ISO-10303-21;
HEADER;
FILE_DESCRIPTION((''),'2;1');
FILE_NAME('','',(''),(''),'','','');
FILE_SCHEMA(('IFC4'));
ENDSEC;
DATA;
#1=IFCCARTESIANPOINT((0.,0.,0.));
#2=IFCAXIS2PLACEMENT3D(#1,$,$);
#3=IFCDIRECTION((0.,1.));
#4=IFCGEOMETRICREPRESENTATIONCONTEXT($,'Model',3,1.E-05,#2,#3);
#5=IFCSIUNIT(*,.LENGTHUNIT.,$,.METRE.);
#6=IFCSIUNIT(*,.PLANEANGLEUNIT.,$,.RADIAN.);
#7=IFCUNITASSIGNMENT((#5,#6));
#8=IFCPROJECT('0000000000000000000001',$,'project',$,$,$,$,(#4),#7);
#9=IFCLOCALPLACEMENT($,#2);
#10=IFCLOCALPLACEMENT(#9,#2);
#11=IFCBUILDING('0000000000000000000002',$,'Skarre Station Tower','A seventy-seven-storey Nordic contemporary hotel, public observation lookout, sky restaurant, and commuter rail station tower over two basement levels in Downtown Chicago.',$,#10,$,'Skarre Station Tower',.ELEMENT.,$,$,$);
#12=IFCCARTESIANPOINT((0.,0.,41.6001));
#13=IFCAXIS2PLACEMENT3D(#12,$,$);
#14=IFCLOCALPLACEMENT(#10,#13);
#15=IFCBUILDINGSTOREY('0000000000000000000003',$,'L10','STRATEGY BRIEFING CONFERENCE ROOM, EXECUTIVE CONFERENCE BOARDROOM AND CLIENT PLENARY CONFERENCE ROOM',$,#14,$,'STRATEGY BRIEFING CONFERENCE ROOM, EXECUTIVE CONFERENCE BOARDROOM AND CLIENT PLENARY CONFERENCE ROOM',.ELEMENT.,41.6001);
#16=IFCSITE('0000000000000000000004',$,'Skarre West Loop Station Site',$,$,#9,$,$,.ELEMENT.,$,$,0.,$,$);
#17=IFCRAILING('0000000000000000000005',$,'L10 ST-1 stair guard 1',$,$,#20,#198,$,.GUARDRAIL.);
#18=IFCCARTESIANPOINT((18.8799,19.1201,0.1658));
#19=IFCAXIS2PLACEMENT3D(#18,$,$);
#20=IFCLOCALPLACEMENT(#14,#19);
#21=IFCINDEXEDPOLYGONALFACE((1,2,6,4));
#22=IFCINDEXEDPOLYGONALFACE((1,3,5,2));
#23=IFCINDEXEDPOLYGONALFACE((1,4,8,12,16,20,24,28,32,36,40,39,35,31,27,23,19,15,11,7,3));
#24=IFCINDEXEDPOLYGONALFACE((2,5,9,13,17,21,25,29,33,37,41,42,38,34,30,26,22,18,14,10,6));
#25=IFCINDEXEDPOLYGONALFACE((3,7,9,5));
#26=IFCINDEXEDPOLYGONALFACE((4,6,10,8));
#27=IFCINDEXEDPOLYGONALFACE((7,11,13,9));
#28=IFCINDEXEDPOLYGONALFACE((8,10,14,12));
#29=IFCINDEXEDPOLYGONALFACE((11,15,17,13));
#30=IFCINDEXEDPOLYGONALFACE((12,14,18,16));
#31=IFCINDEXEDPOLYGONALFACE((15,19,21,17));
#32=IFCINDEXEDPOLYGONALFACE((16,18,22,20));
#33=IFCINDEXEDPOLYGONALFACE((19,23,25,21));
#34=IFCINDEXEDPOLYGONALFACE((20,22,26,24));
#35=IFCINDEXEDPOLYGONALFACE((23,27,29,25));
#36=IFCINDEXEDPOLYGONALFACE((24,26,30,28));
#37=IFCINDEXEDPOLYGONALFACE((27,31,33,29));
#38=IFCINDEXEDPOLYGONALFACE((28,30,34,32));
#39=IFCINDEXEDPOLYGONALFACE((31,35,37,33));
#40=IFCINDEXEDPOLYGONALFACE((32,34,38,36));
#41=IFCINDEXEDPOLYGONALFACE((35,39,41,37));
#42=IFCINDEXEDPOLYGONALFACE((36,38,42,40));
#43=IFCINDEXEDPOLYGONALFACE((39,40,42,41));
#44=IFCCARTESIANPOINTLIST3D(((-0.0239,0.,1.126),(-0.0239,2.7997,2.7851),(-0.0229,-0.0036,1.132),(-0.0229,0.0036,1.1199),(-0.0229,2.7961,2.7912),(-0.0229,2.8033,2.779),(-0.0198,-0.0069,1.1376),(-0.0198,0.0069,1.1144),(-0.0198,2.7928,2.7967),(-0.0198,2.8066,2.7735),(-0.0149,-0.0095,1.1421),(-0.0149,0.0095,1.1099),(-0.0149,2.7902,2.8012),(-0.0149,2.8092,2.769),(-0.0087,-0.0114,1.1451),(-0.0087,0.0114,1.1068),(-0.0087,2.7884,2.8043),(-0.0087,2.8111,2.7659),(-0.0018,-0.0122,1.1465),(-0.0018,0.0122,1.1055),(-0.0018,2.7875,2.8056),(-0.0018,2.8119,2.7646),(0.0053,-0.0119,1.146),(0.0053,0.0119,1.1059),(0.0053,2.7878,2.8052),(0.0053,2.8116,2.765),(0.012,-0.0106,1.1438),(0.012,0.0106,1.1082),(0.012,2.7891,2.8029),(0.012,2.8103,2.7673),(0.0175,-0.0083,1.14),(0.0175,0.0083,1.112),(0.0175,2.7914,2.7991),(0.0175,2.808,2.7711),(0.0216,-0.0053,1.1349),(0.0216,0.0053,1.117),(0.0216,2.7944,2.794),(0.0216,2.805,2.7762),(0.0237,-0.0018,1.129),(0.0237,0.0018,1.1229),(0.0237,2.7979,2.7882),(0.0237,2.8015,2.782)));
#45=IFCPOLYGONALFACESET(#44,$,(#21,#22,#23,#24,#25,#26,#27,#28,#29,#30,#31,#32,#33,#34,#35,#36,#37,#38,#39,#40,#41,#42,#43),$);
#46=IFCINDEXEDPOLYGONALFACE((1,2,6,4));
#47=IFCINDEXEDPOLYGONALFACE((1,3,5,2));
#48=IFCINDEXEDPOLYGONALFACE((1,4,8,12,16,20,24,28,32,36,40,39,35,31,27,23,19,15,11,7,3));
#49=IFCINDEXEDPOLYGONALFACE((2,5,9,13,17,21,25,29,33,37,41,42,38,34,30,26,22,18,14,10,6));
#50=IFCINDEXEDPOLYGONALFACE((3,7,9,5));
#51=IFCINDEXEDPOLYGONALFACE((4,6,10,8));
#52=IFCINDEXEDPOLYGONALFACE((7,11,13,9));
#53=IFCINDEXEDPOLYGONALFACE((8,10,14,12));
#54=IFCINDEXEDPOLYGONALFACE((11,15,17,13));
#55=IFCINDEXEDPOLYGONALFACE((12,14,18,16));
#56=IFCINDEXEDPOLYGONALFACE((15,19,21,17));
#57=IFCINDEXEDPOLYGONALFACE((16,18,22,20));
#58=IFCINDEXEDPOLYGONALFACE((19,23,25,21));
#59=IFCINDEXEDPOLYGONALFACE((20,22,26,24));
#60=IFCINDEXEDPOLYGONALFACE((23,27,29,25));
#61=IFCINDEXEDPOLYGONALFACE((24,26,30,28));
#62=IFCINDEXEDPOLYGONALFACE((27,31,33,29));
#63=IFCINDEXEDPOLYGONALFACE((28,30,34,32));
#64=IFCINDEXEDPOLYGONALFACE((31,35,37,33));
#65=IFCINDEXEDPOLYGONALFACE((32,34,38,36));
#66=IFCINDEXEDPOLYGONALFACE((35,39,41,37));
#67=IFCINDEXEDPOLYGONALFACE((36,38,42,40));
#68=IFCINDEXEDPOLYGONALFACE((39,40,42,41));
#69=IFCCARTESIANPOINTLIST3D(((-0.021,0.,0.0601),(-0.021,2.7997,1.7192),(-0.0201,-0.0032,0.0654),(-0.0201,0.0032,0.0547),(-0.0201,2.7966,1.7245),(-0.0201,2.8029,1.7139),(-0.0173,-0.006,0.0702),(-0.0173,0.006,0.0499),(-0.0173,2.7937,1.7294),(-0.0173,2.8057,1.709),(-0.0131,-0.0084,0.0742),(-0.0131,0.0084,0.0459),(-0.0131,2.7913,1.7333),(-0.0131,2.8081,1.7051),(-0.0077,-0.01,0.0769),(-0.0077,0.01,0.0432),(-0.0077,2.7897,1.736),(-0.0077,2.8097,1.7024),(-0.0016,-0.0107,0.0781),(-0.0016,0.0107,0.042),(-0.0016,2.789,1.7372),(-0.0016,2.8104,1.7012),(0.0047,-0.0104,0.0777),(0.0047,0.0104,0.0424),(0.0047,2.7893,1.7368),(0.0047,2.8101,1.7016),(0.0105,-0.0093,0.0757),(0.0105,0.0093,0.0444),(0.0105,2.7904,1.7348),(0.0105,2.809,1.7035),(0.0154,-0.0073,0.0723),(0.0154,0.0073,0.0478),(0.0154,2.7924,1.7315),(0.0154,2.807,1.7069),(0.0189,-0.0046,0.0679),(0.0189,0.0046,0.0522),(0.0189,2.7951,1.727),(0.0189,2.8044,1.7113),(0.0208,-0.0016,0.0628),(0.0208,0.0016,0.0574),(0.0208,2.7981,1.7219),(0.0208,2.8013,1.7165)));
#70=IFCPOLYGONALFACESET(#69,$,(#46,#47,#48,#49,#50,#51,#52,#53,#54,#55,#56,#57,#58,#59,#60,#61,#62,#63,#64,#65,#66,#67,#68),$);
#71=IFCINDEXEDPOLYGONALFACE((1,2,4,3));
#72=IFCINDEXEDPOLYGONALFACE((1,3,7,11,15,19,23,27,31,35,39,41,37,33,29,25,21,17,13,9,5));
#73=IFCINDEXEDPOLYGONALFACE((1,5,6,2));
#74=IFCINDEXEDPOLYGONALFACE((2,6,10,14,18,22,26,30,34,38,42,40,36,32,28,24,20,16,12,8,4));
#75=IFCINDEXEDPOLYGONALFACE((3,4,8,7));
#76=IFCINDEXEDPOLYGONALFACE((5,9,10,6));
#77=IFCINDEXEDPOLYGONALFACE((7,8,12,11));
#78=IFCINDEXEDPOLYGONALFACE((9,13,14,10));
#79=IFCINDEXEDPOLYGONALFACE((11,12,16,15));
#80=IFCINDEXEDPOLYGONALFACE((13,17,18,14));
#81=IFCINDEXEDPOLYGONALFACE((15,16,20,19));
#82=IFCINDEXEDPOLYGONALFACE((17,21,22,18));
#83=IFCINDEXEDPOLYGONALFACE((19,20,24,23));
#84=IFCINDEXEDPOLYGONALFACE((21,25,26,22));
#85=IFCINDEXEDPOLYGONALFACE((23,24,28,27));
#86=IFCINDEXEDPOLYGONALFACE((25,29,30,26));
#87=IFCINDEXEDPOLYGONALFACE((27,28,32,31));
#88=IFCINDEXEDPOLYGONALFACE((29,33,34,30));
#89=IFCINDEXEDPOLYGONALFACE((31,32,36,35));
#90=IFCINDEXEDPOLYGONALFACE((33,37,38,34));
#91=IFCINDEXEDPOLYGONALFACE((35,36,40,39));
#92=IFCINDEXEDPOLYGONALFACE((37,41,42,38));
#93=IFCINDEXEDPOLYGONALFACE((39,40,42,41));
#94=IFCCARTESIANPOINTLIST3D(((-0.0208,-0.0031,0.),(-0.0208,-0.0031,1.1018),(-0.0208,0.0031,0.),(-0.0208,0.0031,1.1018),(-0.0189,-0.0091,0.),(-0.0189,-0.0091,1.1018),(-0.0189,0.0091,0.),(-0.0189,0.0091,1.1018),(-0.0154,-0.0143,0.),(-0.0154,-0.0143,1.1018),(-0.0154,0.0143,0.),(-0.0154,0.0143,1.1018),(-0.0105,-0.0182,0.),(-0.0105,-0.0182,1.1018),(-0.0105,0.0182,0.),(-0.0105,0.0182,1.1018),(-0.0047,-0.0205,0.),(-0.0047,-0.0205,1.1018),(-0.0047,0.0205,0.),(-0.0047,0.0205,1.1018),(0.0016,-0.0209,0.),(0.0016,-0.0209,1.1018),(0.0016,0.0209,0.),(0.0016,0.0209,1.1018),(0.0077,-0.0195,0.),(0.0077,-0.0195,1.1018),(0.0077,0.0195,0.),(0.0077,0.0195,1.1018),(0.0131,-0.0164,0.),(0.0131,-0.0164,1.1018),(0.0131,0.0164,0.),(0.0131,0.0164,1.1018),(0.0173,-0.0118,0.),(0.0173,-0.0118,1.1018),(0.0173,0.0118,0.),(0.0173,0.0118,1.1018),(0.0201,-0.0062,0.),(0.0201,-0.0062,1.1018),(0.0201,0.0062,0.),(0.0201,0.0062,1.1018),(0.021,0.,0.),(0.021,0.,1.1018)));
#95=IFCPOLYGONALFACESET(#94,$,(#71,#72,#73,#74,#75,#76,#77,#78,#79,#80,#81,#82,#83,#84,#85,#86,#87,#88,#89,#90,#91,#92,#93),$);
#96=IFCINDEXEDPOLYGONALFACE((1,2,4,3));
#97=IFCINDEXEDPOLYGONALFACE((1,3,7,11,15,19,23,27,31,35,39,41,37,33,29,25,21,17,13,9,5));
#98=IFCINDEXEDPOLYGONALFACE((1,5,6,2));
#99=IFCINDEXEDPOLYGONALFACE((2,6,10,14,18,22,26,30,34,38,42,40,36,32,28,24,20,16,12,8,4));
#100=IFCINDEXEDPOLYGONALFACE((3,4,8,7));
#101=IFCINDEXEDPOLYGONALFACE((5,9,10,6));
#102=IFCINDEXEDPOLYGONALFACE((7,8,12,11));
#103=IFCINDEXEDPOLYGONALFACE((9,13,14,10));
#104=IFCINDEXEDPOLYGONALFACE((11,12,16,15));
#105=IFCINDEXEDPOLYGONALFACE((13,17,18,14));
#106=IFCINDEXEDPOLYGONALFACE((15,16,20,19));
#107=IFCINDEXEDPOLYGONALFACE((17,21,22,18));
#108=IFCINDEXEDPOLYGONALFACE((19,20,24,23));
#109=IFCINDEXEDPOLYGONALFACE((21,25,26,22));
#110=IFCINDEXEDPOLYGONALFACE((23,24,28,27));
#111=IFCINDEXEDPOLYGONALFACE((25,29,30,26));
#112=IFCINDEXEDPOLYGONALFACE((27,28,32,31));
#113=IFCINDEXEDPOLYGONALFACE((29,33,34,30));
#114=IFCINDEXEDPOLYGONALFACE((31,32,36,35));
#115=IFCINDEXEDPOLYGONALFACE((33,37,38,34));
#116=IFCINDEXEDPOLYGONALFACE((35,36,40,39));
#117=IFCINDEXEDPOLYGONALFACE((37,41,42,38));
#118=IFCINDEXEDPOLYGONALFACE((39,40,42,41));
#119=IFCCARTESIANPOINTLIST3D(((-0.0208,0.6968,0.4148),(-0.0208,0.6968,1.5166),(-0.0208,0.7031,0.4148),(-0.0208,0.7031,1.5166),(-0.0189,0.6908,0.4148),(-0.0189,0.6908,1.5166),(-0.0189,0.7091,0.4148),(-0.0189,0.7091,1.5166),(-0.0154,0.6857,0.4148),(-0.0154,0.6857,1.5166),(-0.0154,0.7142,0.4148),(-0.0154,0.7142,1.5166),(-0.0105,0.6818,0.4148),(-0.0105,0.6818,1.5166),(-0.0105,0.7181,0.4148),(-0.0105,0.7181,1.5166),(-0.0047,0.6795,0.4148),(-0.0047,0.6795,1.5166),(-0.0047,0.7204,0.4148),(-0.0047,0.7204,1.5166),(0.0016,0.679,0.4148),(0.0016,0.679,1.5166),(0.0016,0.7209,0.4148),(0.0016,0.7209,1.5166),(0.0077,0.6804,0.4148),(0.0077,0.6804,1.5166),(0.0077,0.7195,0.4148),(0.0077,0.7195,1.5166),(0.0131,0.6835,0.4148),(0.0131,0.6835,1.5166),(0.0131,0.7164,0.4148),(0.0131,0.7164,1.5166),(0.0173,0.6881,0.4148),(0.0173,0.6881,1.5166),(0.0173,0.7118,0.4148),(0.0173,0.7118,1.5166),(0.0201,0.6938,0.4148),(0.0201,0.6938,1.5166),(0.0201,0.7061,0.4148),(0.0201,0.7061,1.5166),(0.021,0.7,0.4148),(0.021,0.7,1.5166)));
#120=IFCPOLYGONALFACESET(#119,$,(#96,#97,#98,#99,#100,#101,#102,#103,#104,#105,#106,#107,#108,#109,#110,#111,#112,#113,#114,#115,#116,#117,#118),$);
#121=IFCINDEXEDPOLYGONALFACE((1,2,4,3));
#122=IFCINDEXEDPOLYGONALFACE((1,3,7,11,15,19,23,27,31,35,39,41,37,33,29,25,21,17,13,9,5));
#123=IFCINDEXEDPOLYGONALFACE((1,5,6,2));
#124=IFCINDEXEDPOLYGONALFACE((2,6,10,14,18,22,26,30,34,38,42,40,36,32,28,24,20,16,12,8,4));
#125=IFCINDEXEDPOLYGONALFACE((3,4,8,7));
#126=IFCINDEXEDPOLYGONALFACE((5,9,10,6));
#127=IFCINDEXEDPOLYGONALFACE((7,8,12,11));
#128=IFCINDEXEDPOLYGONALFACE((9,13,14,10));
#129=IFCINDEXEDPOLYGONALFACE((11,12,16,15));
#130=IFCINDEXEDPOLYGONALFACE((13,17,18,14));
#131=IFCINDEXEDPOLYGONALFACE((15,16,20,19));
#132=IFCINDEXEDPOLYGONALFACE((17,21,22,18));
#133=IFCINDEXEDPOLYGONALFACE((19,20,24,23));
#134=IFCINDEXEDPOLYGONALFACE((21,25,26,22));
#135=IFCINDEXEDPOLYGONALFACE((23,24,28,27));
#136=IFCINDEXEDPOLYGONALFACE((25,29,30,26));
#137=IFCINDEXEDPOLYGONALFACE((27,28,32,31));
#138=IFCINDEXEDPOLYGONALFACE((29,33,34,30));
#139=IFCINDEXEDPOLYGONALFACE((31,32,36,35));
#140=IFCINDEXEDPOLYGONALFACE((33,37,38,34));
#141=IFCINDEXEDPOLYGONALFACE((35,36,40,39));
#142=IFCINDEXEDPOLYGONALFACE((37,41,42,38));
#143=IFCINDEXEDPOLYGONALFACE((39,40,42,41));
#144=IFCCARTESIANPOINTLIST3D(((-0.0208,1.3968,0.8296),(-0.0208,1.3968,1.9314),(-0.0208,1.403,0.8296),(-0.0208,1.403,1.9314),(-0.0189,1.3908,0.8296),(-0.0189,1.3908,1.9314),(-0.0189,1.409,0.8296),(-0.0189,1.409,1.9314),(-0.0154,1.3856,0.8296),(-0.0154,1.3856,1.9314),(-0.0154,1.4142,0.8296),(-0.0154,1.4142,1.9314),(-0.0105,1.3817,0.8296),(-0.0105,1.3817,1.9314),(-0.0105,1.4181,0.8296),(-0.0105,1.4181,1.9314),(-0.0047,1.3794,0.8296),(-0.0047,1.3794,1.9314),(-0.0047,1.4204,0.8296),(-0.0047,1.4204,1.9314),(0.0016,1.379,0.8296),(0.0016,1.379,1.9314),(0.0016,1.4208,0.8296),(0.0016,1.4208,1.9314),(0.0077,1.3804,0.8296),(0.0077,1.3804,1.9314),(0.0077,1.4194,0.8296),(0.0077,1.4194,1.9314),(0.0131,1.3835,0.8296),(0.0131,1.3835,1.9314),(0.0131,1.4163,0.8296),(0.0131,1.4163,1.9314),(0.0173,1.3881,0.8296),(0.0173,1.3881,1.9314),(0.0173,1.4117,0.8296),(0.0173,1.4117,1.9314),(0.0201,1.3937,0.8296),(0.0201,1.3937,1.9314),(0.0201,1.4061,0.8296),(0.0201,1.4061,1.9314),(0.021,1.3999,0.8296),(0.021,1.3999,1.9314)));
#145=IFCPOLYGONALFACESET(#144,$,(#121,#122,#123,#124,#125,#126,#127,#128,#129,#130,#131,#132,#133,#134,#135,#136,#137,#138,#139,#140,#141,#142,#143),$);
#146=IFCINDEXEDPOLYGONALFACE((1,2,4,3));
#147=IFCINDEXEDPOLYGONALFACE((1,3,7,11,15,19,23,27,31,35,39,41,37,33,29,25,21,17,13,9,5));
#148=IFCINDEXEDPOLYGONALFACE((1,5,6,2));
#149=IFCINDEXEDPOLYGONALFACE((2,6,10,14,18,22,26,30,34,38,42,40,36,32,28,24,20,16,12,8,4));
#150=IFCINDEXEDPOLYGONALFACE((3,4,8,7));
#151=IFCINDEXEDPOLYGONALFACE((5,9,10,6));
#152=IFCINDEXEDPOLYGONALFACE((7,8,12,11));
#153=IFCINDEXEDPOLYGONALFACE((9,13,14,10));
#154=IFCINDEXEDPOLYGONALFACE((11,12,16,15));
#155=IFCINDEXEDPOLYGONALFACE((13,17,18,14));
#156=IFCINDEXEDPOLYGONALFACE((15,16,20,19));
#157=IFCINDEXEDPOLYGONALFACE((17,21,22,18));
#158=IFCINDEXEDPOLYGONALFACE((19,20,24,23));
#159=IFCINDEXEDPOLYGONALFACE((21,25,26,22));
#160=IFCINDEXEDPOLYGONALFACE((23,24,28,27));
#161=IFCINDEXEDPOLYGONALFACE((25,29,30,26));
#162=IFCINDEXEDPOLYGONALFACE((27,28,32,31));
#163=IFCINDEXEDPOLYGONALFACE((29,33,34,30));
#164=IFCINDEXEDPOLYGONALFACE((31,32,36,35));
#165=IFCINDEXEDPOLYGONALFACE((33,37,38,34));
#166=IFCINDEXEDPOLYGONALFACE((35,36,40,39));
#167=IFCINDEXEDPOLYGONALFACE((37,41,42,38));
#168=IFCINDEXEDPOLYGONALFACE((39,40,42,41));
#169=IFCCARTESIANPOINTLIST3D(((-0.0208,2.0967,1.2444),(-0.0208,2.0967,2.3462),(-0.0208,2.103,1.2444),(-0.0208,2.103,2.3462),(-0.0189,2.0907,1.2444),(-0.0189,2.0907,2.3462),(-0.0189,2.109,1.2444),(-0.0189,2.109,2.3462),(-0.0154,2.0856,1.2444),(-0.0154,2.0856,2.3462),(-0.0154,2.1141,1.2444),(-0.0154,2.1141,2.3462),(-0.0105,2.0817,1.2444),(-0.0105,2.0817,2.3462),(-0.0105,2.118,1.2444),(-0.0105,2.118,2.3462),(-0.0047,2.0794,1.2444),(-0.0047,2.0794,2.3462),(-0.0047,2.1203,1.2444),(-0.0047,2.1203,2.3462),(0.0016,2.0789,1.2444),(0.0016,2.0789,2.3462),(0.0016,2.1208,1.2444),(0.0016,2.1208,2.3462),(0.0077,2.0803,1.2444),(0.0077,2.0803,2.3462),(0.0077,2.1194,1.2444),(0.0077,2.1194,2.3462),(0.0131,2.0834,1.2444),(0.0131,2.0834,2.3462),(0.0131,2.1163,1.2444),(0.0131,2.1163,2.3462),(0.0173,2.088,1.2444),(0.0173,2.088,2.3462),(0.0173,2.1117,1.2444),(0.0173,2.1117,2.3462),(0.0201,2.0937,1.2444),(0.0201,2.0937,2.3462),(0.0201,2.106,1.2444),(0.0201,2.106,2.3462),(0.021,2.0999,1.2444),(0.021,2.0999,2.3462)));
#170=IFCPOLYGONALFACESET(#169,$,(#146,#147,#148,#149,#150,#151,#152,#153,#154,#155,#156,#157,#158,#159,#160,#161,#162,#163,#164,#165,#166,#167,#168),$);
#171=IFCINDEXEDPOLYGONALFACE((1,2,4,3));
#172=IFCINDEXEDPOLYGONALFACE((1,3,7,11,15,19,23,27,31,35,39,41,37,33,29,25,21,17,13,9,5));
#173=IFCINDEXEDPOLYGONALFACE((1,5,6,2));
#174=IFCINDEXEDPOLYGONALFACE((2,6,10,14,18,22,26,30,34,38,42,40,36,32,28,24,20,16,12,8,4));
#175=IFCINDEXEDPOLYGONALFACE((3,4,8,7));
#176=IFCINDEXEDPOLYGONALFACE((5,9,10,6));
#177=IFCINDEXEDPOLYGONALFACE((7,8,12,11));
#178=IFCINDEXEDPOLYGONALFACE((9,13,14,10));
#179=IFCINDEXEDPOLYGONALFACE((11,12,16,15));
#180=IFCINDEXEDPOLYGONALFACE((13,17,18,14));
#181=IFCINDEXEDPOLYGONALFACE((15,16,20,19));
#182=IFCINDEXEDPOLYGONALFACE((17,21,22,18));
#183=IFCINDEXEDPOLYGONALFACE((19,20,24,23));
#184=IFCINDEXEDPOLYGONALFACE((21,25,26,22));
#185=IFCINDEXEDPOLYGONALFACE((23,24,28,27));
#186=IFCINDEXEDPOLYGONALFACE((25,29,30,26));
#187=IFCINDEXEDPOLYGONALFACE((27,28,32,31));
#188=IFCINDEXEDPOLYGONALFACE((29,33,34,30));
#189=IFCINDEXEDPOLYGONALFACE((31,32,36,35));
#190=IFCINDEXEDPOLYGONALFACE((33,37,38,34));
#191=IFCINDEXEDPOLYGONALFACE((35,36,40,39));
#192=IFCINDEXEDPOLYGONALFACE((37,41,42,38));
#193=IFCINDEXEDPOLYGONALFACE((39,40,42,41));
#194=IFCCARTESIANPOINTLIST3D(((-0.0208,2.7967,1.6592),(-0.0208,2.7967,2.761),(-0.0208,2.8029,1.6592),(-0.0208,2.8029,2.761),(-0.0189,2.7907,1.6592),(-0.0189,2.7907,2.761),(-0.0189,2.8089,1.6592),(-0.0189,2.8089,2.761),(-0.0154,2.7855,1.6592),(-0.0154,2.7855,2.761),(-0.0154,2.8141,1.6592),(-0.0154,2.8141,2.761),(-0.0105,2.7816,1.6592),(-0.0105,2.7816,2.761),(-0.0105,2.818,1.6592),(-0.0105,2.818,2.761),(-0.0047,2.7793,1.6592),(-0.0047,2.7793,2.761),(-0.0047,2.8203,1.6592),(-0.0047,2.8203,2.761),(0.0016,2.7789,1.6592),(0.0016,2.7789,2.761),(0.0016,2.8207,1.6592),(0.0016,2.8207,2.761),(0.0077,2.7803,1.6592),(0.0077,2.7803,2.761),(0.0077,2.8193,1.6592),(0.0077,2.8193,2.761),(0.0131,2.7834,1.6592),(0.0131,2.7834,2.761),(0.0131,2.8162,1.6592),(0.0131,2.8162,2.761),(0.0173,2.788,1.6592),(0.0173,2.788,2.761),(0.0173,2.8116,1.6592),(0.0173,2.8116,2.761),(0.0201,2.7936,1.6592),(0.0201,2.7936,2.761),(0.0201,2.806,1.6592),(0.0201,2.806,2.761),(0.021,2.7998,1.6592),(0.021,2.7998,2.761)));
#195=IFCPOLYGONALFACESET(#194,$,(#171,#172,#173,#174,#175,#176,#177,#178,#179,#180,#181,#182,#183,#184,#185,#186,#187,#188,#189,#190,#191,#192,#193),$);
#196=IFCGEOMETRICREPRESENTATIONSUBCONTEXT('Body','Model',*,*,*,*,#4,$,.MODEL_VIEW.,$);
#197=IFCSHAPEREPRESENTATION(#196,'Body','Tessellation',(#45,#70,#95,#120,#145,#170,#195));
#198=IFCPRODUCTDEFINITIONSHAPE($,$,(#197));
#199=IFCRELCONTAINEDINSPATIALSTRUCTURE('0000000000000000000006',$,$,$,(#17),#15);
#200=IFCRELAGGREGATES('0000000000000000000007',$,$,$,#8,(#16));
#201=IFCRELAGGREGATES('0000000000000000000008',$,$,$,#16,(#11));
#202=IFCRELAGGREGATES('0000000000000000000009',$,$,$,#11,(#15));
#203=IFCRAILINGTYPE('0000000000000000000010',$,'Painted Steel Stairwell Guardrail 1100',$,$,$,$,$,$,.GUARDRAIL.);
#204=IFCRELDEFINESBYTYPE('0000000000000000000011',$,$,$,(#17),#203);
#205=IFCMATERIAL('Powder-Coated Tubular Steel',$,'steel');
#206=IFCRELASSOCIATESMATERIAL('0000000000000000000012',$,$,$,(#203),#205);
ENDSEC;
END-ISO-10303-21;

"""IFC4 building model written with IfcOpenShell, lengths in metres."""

from ifc_helpers import new_model, si_unit, direction, frame, origin, origin_2d, place, context, subcontext, project, spatial, circle, extrude, material, type_object, element, save


model = new_model("IFC4")

# Units and contexts
model_context = context("Model", 3, precision=1e-05, world=origin(), true_north=direction((0.0, 1.0)))
body_context = subcontext(model_context, "Body", "Model", "MODEL_VIEW")
ifc_project = project(units=[si_unit("LENGTHUNIT", "METRE"), si_unit("PLANEANGLEUNIT", "RADIAN")], contexts=[model_context])

# Site, building, storey
site_placement = place(None, origin())
site = spatial("IfcSite", under=ifc_project, at=site_placement, Name="Skarre West Loop Station Site", CompositionType="ELEMENT", RefElevation=0.0)
building_placement = place(site_placement, origin())
building = spatial("IfcBuilding", under=site, at=building_placement, Name="Skarre Station Tower", Description="A seventy-seven-storey Nordic contemporary hotel, public observation lookout, sky restaurant, and commuter rail station tower over two basement levels in Downtown Chicago.", LongName="Skarre Station Tower", CompositionType="ELEMENT")
storey_placement = place(building_placement, frame((0.0, 0.0, 41.6001)))
storey = spatial("IfcBuildingStorey", under=building, at=storey_placement, Name="L10", Description="STRATEGY BRIEFING CONFERENCE ROOM, EXECUTIVE CONFERENCE BOARDROOM AND CLIENT PLENARY CONFERENCE ROOM", LongName="STRATEGY BRIEFING CONFERENCE ROOM, EXECUTIVE CONFERENCE BOARDROOM AND CLIENT PLENARY CONFERENCE ROOM", CompositionType="ELEMENT", Elevation=41.6001)

# Railing
ifc_material_1 = material(Name="Powder-Coated Tubular Steel", Category="steel")
railing_type_1 = type_object("IfcRailingType", Name="Painted Steel Stairwell Guardrail 1100", PredefinedType="GUARDRAIL", material=ifc_material_1)
railing_1_placement = place(storey_placement, frame((18.8799, 19.1201, 0.1658)))
element("IfcRailing", 1, at=railing_1_placement, inside=storey, type_object=railing_type_1, Name="L10 ST-1 stair guard 1", PredefinedType="GUARDRAIL", context=body_context, shape_type="SweptSolid", body=[
    extrude(circle(Radius=0.0239, at=origin_2d()), frame((0.0, 0.0, 1.126), z_axis=(0.0, 0.860287, 0.509811), x_axis=(-1.0, 0.0, 0.0)), (0.0, 0.0, 1.0), 3.2544),
    extrude(circle(Radius=0.021, at=origin_2d()), frame((0.0, 0.0, 0.0601), z_axis=(0.0, 0.860287, 0.509811), x_axis=(-1.0, 0.0, 0.0)), (0.0, 0.0, 1.0), 3.2544),
    extrude(circle(Radius=0.021, at=origin_2d()), origin(), (0.0, 0.0, 1.0), 1.1018),
    extrude(circle(Radius=0.021, at=origin_2d()), frame((0.0, 0.7, 0.4148)), (0.0, 0.0, 1.0), 1.1018),
    extrude(circle(Radius=0.021, at=origin_2d()), frame((0.0, 1.3999, 0.8296)), (0.0, 0.0, 1.0), 1.1018),
    extrude(circle(Radius=0.021, at=origin_2d()), frame((0.0, 2.0999, 1.2444)), (0.0, 0.0, 1.0), 1.1018),
    extrude(circle(Radius=0.021, at=origin_2d()), frame((0.0, 2.7998, 1.6592)), (0.0, 0.0, 1.0), 1.1018),
])

save(model, "model.ifc")
